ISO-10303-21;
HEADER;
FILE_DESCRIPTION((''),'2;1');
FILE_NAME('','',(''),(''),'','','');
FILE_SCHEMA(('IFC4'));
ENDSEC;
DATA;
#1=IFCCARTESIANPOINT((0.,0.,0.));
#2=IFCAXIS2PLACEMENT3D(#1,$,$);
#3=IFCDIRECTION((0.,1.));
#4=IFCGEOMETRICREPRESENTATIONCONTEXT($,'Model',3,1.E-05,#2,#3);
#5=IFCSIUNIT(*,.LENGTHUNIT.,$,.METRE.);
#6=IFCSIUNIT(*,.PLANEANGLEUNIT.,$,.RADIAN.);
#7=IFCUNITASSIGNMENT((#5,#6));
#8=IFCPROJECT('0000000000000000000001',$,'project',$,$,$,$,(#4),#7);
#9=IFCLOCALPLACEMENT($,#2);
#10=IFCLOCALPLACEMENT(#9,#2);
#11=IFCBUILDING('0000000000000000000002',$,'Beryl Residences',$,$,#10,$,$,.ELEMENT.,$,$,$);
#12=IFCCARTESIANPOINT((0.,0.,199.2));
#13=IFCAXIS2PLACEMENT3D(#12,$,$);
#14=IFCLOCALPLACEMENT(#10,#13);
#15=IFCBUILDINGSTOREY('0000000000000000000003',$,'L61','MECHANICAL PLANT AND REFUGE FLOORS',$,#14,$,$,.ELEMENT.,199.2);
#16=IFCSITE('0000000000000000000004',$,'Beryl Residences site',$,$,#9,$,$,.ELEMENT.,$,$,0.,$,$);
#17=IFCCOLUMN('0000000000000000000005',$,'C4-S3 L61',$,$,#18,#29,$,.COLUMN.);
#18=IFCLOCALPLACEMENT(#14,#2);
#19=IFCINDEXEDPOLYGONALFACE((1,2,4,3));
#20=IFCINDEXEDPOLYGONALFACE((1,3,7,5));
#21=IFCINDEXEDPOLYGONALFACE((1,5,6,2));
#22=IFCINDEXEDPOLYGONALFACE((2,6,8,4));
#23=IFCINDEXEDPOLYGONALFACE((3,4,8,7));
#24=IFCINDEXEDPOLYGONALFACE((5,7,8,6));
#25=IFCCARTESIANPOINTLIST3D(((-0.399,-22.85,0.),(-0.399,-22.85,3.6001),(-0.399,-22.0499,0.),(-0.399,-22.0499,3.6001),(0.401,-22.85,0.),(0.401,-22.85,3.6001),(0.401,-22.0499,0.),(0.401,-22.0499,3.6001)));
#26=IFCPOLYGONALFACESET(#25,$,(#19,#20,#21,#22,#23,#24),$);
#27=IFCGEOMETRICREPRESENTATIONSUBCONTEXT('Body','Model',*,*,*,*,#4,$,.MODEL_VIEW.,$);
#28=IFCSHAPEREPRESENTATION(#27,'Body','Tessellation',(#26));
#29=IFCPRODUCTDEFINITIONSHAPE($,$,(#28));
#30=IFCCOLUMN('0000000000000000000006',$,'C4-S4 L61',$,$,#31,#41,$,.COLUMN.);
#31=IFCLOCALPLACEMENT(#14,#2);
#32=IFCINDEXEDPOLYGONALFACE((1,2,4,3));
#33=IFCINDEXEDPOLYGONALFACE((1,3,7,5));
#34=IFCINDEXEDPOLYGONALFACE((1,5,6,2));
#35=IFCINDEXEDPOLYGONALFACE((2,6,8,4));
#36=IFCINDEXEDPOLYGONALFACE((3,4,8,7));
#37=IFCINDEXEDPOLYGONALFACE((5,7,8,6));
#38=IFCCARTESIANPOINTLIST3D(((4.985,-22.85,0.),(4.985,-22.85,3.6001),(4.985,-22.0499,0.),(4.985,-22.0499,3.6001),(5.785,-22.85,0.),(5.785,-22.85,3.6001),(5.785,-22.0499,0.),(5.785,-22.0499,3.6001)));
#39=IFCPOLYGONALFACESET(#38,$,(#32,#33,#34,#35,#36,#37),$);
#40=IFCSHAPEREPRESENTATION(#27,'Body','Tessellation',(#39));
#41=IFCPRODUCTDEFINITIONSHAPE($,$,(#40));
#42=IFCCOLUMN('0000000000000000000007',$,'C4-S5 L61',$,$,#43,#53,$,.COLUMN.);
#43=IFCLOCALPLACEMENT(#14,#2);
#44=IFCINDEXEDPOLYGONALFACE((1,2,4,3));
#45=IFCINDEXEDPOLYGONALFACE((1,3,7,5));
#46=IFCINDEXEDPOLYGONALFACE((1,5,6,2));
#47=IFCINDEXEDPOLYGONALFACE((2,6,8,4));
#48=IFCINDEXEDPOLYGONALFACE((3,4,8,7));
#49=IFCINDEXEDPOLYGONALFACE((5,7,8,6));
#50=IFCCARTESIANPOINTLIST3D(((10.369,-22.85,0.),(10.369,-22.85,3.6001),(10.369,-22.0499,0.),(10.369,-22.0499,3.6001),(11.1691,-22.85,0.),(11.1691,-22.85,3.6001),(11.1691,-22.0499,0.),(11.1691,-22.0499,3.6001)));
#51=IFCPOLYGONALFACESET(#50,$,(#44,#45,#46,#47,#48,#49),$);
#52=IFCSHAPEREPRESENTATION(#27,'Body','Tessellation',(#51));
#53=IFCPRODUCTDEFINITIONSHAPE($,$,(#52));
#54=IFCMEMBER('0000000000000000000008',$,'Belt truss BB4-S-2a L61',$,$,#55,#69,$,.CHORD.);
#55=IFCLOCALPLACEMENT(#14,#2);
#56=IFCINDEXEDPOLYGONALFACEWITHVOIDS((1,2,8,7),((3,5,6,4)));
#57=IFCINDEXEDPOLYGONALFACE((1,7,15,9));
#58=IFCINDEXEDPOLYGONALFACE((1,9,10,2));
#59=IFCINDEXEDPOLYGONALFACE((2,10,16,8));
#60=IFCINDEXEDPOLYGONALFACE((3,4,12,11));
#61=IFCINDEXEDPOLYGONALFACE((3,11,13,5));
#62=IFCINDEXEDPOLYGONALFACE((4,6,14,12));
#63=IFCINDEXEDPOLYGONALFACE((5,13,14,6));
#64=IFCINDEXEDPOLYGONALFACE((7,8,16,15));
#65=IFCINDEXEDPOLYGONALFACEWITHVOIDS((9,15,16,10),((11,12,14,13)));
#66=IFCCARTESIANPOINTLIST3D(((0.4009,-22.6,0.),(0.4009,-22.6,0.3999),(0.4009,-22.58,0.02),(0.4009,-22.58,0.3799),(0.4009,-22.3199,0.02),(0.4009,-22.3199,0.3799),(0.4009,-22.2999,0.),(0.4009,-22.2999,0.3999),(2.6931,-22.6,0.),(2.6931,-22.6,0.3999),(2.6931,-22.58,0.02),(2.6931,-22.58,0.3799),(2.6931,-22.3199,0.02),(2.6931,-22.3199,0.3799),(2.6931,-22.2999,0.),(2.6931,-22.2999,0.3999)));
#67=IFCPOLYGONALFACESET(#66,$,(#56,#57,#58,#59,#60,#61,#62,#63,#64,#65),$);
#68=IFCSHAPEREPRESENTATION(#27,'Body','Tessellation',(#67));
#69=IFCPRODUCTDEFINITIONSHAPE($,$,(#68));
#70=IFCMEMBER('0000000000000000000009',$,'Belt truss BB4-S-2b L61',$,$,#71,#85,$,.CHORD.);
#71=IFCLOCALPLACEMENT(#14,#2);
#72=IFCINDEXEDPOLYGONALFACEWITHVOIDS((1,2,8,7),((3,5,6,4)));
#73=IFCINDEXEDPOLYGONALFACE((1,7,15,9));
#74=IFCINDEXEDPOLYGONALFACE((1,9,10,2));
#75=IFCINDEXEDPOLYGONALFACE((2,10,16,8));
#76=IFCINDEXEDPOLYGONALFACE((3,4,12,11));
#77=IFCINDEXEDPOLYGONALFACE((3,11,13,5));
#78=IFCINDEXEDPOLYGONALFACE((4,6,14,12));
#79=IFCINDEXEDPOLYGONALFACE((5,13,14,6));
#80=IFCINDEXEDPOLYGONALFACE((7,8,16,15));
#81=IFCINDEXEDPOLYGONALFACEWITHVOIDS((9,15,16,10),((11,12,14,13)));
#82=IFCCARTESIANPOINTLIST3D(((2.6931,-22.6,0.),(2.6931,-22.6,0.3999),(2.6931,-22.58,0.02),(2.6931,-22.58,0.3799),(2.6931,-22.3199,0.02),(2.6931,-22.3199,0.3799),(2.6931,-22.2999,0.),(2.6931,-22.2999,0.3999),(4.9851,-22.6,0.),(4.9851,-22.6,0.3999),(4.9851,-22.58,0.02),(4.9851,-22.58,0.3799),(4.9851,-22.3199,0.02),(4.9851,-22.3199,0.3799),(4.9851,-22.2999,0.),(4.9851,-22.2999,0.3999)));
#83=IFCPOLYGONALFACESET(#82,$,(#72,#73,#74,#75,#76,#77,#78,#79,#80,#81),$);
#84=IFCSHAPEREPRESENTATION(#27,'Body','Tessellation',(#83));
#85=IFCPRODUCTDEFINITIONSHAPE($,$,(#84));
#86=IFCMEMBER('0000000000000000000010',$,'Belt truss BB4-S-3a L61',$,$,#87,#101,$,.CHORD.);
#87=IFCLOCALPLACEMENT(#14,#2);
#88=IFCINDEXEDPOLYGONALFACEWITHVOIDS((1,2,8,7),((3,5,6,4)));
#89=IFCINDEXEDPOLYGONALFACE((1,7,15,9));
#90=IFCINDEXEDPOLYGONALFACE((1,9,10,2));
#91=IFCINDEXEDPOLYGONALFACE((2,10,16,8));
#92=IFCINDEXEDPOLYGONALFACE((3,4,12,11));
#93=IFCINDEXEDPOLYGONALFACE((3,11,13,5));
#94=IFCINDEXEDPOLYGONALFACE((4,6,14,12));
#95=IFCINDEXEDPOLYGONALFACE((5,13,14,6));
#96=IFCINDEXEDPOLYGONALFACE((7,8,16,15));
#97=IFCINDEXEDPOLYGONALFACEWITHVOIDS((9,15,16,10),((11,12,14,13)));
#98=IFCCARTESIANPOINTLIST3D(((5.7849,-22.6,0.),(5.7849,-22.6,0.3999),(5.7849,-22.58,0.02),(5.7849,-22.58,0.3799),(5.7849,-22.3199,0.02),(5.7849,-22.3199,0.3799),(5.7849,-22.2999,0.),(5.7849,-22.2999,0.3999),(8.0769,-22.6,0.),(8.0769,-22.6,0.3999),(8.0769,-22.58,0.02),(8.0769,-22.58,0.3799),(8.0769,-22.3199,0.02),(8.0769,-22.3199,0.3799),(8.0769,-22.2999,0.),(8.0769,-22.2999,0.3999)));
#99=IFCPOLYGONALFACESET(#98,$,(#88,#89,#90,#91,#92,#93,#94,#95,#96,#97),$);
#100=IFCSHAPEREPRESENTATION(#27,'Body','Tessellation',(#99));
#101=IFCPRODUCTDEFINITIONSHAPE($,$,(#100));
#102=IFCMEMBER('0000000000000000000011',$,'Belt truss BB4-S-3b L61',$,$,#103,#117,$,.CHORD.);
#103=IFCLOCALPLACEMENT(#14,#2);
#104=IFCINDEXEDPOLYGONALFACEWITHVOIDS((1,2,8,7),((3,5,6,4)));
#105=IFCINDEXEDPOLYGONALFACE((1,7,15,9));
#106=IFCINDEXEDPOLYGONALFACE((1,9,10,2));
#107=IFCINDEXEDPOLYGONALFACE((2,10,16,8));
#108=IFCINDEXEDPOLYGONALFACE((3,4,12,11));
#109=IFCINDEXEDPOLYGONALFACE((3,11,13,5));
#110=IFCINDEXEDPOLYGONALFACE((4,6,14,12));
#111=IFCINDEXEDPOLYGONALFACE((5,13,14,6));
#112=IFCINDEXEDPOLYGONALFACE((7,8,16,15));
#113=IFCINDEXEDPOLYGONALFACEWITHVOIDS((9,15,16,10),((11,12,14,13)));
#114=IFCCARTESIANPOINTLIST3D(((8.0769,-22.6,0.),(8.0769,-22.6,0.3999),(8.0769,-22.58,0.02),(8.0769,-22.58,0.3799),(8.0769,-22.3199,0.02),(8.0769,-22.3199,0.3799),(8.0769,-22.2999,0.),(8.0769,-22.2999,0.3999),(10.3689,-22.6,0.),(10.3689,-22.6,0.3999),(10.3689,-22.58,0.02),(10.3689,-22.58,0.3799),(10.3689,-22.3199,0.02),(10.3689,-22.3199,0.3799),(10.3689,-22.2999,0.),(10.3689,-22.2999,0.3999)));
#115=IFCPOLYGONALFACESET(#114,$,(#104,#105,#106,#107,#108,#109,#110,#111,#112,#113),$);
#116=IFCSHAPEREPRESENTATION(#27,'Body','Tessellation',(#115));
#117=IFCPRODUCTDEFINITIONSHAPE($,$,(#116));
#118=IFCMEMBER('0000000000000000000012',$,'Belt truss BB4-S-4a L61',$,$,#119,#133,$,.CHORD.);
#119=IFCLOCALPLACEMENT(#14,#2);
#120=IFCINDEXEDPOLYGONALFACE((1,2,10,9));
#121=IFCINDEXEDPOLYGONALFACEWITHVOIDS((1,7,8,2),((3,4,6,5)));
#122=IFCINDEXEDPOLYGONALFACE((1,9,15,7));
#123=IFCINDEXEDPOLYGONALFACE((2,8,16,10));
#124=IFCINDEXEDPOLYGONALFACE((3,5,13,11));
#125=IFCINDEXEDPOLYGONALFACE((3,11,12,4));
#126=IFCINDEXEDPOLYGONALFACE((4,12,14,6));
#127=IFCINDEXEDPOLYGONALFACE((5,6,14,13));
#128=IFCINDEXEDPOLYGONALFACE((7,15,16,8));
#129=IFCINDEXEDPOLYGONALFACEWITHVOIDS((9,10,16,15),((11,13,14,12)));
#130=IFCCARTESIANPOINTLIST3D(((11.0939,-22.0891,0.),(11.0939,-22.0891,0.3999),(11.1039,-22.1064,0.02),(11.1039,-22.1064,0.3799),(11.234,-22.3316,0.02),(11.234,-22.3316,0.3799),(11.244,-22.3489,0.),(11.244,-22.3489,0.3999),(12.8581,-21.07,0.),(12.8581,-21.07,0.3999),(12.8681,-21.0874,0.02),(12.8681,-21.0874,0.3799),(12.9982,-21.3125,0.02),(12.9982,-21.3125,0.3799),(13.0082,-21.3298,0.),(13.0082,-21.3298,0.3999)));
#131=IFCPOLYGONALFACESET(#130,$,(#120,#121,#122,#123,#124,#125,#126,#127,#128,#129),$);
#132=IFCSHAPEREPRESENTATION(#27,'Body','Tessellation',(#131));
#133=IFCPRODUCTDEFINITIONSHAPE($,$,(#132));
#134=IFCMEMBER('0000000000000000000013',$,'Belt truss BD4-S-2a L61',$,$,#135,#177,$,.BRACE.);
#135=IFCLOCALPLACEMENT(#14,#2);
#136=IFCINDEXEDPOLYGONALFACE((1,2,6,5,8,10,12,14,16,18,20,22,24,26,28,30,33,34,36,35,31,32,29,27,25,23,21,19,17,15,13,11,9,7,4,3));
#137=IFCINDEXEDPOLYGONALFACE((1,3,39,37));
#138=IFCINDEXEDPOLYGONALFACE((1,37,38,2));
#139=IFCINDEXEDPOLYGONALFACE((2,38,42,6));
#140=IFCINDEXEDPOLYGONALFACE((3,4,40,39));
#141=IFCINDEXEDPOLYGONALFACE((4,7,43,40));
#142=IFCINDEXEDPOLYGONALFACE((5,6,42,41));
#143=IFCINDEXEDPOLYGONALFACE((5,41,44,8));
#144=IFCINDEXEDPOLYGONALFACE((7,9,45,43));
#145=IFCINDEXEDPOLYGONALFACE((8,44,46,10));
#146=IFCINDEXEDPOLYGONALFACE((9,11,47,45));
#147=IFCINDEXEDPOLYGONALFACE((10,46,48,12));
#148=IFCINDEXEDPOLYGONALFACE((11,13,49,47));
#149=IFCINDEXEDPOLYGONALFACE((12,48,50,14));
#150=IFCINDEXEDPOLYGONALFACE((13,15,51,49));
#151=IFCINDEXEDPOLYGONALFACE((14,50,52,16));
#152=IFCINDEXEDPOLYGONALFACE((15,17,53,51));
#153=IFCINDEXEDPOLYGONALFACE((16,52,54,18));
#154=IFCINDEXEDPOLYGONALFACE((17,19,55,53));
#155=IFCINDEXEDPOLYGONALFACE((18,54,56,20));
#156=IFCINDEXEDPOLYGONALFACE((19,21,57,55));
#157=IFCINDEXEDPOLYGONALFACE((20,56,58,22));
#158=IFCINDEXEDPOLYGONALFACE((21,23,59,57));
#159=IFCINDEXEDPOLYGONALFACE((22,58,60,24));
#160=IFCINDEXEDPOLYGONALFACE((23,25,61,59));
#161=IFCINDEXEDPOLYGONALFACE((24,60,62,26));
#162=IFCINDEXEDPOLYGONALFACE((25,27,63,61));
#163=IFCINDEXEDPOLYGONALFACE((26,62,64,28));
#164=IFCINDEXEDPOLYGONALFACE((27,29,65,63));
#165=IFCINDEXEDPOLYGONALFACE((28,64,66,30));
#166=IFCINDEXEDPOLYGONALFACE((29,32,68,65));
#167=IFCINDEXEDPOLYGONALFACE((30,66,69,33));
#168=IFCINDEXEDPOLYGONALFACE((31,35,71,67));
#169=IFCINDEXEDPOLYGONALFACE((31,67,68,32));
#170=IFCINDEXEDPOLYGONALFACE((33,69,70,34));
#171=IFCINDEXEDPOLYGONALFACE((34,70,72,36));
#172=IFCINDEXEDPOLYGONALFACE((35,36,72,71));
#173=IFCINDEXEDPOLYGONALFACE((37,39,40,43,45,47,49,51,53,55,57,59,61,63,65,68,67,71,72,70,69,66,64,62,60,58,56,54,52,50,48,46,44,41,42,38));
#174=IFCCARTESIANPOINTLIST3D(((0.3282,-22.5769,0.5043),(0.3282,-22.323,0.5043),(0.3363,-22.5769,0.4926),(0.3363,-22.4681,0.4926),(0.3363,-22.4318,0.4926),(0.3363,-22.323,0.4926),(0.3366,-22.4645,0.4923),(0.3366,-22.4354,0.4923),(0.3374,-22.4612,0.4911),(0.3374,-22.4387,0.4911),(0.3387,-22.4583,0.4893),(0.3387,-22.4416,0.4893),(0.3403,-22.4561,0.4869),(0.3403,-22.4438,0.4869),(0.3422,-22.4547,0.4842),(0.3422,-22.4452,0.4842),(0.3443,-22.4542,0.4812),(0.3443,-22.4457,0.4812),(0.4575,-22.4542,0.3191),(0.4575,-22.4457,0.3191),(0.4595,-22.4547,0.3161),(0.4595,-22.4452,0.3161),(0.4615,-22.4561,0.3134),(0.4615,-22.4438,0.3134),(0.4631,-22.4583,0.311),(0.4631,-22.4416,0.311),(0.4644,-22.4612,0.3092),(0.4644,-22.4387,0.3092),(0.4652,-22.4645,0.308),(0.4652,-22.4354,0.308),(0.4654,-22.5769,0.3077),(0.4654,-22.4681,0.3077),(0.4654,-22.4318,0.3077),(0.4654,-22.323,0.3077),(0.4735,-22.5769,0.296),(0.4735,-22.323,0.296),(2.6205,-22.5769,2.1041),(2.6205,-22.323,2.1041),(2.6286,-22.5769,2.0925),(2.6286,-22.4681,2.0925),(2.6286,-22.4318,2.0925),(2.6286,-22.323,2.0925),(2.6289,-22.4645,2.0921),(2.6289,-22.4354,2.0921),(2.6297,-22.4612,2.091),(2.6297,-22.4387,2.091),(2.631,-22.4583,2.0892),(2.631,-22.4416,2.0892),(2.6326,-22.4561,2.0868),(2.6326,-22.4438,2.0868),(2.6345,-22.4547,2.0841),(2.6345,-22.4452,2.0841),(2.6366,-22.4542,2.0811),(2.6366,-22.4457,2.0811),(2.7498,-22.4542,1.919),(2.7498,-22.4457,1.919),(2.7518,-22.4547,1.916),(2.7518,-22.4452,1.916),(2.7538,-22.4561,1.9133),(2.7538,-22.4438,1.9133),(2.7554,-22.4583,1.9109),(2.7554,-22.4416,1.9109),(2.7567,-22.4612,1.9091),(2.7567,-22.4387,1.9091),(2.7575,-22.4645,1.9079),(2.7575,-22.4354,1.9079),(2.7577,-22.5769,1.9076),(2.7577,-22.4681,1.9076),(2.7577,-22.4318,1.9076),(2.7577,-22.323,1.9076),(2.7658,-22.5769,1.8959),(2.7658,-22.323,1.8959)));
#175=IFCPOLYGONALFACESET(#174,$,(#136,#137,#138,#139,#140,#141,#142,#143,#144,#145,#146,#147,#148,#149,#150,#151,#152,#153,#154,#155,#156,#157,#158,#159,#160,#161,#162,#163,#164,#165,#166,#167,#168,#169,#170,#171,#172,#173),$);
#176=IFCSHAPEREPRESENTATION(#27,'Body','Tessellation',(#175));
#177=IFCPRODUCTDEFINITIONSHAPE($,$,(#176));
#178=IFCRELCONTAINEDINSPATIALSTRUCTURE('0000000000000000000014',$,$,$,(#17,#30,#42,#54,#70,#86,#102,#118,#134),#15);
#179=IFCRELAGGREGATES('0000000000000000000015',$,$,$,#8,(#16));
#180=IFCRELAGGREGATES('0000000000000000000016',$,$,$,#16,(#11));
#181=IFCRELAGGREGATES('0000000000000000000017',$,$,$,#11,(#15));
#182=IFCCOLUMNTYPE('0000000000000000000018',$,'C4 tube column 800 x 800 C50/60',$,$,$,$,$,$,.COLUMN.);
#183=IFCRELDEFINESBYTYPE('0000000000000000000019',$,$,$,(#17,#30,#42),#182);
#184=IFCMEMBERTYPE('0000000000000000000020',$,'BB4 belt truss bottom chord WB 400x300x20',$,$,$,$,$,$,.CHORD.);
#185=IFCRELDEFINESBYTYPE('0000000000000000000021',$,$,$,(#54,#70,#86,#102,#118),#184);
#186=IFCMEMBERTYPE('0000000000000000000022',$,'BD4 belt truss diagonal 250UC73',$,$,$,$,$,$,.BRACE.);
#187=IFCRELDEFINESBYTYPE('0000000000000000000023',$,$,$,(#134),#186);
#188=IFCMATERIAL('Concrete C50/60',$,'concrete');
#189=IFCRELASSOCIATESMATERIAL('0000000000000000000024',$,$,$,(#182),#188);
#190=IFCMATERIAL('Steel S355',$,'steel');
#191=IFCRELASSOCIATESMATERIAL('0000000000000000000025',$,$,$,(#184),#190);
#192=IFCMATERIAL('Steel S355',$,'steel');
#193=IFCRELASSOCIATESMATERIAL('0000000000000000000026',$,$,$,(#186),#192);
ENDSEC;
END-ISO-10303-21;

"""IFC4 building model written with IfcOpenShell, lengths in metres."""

from ifc_helpers import new_model, si_unit, direction, frame, origin, origin_2d, place, context, subcontext, project, spatial, rectangle, hollow_rectangle, i_section, extrude, material, material_profile, profile_set, type_object, element, save


model = new_model("IFC4")

# Units and contexts
model_context = context("Model", 3, precision=1e-05, world=origin(), true_north=direction((0.0, 1.0)))
body_context = subcontext(model_context, "Body", "Model", "MODEL_VIEW")
ifc_project = project(units=[si_unit("LENGTHUNIT", "METRE"), si_unit("PLANEANGLEUNIT", "RADIAN")], contexts=[model_context])

# Site, building, storey
site_placement = place(None, origin())
site = spatial("IfcSite", under=ifc_project, at=site_placement, Name="Beryl Residences site", CompositionType="ELEMENT", RefElevation=0.0)
building_placement = place(site_placement, origin())
building = spatial("IfcBuilding", under=site, at=building_placement, Name="Beryl Residences", CompositionType="ELEMENT")
storey_placement = place(building_placement, frame((0.0, 0.0, 199.2)))
storey = spatial("IfcBuildingStorey", under=building, at=storey_placement, Name="L61", Description="MECHANICAL PLANT AND REFUGE FLOORS", CompositionType="ELEMENT", Elevation=199.2)

# Columns
ifc_material_1 = material(Name="Concrete C50/60", Category="concrete")
ifc_material_profile_1 = material_profile(ifc_material_1, rectangle(XDim=0.8, YDim=0.8, at=origin_2d()))
ifc_profile_set_1 = profile_set([ifc_material_profile_1], Name="Concrete C50/60")
column_type = type_object("IfcColumnType", Name="C4 tube column 800 x 800 C50/60", PredefinedType="COLUMN", material=ifc_profile_set_1)
for number, where, z_axis, x_axis, name in (
    (1, (0.001, -22.45, 0.0), (0.0, 0.0, 1.0), (1.0, 0.0, 0.0), "C4-S3 L61"),
    (2, (5.385, -22.45, 0.0), (0.0, 0.0, 1.0), (1.0, 0.0, 0.0), "C4-S4 L61"),
    (3, (10.769, -22.45, 0.0), (0.0, 0.0, 1.0), (1.0, 0.0, 0.0), "C4-S5 L61"),
):
    element("IfcColumn", number, at=place(storey_placement, frame(where, z_axis=z_axis, x_axis=x_axis)), inside=storey, type_object=column_type, Name=name, PredefinedType="COLUMN", context=body_context, shape_type="SweptSolid", body=[
        extrude(rectangle(XDim=0.8, YDim=0.8, at=origin_2d()), origin(), (0.0, 0.0, 1.0), 3.6001),
    ])

# Members
ifc_material_2 = material(Name="Steel S355", Category="steel")
ifc_material_profile_2 = material_profile(ifc_material_2, hollow_rectangle(XDim=0.3, YDim=0.3999, WallThickness=0.02, at=origin_2d()))
ifc_profile_set_2 = profile_set([ifc_material_profile_2], Name="Steel S355")
member_type_1 = type_object("IfcMemberType", Name="BB4 belt truss bottom chord WB 400x300x20", PredefinedType="CHORD", material=ifc_profile_set_2)
member_1_placement = place(storey_placement, frame((0.4009, -22.45, 0.2), z_axis=(1.0, 0.0, 0.0), x_axis=(0.0, 1.0, 0.0)))
element("IfcMember", 4, at=member_1_placement, inside=storey, type_object=member_type_1, Name="Belt truss BB4-S-2a L61", PredefinedType="CHORD", context=body_context, shape_type="SweptSolid", body=[
    extrude(hollow_rectangle(XDim=0.3, YDim=0.3999, WallThickness=0.02, at=origin_2d()), origin(), (0.0, 0.0, 1.0), 2.2922),
])
for number, where, z_axis, x_axis, name in (
    (5, (2.6931, -22.45, 0.2), (1.0, 0.0, 0.0), (0.0, 1.0, 0.0), "Belt truss BB4-S-2b L61"),
    (6, (5.7849, -22.45, 0.2), (1.0, 0.0, 0.0), (0.0, 1.0, 0.0), "Belt truss BB4-S-3a L61"),
    (7, (8.0769, -22.45, 0.2), (1.0, 0.0, 0.0), (0.0, 1.0, 0.0), "Belt truss BB4-S-3b L61"),
):
    element("IfcMember", number, at=place(storey_placement, frame(where, z_axis=z_axis, x_axis=x_axis)), inside=storey, type_object=member_type_1, Name=name, PredefinedType="CHORD", context=body_context, shape_type="SweptSolid", body=[
        extrude(hollow_rectangle(XDim=0.3, YDim=0.3999, WallThickness=0.02, at=origin_2d()), origin(), (0.0, 0.0, 1.0), 2.292),
    ])
member_2_placement = place(storey_placement, frame((11.1689, -22.219, 0.2), z_axis=(0.865918, 0.500186, 0.0), x_axis=(-0.500186, 0.865918, 0.0)))
element("IfcMember", 8, at=member_2_placement, inside=storey, type_object=member_type_1, Name="Belt truss BB4-S-4a L61", PredefinedType="CHORD", context=body_context, shape_type="SweptSolid", body=[
    extrude(hollow_rectangle(XDim=0.3, YDim=0.3999, WallThickness=0.02, at=origin_2d()), origin(), (0.0, 0.0, 1.0), 2.0374),
])
ifc_material_3 = material(Name="Steel S355", Category="steel")
ifc_material_profile_3 = material_profile(ifc_material_3, i_section(OverallWidth=0.2539, OverallDepth=0.2539, WebThickness=0.0085, FlangeThickness=0.0142, FilletRadius=0.0139, at=origin_2d()))
ifc_profile_set_3 = profile_set([ifc_material_profile_3], Name="Steel S355")
member_type_2 = type_object("IfcMemberType", Name="BD4 belt truss diagonal 250UC73", PredefinedType="BRACE", material=ifc_profile_set_3)
member_3_placement = place(storey_placement, frame((0.4009, -22.45, 0.4001), z_axis=(0.820023, 0.0, 0.57233), x_axis=(0.0, 1.0, 0.0)))
element("IfcMember", 9, at=member_3_placement, inside=storey, type_object=member_type_2, Name="Belt truss BD4-S-2a L61", PredefinedType="BRACE", context=body_context, shape_type="SweptSolid", body=[
    extrude(i_section(OverallWidth=0.2539, OverallDepth=0.2539, WebThickness=0.0085, FlangeThickness=0.0142, FilletRadius=0.0139, at=origin_2d()), origin(), (0.0, 0.0, 1.0), 2.7954),
])

save(model, "model.ifc")
